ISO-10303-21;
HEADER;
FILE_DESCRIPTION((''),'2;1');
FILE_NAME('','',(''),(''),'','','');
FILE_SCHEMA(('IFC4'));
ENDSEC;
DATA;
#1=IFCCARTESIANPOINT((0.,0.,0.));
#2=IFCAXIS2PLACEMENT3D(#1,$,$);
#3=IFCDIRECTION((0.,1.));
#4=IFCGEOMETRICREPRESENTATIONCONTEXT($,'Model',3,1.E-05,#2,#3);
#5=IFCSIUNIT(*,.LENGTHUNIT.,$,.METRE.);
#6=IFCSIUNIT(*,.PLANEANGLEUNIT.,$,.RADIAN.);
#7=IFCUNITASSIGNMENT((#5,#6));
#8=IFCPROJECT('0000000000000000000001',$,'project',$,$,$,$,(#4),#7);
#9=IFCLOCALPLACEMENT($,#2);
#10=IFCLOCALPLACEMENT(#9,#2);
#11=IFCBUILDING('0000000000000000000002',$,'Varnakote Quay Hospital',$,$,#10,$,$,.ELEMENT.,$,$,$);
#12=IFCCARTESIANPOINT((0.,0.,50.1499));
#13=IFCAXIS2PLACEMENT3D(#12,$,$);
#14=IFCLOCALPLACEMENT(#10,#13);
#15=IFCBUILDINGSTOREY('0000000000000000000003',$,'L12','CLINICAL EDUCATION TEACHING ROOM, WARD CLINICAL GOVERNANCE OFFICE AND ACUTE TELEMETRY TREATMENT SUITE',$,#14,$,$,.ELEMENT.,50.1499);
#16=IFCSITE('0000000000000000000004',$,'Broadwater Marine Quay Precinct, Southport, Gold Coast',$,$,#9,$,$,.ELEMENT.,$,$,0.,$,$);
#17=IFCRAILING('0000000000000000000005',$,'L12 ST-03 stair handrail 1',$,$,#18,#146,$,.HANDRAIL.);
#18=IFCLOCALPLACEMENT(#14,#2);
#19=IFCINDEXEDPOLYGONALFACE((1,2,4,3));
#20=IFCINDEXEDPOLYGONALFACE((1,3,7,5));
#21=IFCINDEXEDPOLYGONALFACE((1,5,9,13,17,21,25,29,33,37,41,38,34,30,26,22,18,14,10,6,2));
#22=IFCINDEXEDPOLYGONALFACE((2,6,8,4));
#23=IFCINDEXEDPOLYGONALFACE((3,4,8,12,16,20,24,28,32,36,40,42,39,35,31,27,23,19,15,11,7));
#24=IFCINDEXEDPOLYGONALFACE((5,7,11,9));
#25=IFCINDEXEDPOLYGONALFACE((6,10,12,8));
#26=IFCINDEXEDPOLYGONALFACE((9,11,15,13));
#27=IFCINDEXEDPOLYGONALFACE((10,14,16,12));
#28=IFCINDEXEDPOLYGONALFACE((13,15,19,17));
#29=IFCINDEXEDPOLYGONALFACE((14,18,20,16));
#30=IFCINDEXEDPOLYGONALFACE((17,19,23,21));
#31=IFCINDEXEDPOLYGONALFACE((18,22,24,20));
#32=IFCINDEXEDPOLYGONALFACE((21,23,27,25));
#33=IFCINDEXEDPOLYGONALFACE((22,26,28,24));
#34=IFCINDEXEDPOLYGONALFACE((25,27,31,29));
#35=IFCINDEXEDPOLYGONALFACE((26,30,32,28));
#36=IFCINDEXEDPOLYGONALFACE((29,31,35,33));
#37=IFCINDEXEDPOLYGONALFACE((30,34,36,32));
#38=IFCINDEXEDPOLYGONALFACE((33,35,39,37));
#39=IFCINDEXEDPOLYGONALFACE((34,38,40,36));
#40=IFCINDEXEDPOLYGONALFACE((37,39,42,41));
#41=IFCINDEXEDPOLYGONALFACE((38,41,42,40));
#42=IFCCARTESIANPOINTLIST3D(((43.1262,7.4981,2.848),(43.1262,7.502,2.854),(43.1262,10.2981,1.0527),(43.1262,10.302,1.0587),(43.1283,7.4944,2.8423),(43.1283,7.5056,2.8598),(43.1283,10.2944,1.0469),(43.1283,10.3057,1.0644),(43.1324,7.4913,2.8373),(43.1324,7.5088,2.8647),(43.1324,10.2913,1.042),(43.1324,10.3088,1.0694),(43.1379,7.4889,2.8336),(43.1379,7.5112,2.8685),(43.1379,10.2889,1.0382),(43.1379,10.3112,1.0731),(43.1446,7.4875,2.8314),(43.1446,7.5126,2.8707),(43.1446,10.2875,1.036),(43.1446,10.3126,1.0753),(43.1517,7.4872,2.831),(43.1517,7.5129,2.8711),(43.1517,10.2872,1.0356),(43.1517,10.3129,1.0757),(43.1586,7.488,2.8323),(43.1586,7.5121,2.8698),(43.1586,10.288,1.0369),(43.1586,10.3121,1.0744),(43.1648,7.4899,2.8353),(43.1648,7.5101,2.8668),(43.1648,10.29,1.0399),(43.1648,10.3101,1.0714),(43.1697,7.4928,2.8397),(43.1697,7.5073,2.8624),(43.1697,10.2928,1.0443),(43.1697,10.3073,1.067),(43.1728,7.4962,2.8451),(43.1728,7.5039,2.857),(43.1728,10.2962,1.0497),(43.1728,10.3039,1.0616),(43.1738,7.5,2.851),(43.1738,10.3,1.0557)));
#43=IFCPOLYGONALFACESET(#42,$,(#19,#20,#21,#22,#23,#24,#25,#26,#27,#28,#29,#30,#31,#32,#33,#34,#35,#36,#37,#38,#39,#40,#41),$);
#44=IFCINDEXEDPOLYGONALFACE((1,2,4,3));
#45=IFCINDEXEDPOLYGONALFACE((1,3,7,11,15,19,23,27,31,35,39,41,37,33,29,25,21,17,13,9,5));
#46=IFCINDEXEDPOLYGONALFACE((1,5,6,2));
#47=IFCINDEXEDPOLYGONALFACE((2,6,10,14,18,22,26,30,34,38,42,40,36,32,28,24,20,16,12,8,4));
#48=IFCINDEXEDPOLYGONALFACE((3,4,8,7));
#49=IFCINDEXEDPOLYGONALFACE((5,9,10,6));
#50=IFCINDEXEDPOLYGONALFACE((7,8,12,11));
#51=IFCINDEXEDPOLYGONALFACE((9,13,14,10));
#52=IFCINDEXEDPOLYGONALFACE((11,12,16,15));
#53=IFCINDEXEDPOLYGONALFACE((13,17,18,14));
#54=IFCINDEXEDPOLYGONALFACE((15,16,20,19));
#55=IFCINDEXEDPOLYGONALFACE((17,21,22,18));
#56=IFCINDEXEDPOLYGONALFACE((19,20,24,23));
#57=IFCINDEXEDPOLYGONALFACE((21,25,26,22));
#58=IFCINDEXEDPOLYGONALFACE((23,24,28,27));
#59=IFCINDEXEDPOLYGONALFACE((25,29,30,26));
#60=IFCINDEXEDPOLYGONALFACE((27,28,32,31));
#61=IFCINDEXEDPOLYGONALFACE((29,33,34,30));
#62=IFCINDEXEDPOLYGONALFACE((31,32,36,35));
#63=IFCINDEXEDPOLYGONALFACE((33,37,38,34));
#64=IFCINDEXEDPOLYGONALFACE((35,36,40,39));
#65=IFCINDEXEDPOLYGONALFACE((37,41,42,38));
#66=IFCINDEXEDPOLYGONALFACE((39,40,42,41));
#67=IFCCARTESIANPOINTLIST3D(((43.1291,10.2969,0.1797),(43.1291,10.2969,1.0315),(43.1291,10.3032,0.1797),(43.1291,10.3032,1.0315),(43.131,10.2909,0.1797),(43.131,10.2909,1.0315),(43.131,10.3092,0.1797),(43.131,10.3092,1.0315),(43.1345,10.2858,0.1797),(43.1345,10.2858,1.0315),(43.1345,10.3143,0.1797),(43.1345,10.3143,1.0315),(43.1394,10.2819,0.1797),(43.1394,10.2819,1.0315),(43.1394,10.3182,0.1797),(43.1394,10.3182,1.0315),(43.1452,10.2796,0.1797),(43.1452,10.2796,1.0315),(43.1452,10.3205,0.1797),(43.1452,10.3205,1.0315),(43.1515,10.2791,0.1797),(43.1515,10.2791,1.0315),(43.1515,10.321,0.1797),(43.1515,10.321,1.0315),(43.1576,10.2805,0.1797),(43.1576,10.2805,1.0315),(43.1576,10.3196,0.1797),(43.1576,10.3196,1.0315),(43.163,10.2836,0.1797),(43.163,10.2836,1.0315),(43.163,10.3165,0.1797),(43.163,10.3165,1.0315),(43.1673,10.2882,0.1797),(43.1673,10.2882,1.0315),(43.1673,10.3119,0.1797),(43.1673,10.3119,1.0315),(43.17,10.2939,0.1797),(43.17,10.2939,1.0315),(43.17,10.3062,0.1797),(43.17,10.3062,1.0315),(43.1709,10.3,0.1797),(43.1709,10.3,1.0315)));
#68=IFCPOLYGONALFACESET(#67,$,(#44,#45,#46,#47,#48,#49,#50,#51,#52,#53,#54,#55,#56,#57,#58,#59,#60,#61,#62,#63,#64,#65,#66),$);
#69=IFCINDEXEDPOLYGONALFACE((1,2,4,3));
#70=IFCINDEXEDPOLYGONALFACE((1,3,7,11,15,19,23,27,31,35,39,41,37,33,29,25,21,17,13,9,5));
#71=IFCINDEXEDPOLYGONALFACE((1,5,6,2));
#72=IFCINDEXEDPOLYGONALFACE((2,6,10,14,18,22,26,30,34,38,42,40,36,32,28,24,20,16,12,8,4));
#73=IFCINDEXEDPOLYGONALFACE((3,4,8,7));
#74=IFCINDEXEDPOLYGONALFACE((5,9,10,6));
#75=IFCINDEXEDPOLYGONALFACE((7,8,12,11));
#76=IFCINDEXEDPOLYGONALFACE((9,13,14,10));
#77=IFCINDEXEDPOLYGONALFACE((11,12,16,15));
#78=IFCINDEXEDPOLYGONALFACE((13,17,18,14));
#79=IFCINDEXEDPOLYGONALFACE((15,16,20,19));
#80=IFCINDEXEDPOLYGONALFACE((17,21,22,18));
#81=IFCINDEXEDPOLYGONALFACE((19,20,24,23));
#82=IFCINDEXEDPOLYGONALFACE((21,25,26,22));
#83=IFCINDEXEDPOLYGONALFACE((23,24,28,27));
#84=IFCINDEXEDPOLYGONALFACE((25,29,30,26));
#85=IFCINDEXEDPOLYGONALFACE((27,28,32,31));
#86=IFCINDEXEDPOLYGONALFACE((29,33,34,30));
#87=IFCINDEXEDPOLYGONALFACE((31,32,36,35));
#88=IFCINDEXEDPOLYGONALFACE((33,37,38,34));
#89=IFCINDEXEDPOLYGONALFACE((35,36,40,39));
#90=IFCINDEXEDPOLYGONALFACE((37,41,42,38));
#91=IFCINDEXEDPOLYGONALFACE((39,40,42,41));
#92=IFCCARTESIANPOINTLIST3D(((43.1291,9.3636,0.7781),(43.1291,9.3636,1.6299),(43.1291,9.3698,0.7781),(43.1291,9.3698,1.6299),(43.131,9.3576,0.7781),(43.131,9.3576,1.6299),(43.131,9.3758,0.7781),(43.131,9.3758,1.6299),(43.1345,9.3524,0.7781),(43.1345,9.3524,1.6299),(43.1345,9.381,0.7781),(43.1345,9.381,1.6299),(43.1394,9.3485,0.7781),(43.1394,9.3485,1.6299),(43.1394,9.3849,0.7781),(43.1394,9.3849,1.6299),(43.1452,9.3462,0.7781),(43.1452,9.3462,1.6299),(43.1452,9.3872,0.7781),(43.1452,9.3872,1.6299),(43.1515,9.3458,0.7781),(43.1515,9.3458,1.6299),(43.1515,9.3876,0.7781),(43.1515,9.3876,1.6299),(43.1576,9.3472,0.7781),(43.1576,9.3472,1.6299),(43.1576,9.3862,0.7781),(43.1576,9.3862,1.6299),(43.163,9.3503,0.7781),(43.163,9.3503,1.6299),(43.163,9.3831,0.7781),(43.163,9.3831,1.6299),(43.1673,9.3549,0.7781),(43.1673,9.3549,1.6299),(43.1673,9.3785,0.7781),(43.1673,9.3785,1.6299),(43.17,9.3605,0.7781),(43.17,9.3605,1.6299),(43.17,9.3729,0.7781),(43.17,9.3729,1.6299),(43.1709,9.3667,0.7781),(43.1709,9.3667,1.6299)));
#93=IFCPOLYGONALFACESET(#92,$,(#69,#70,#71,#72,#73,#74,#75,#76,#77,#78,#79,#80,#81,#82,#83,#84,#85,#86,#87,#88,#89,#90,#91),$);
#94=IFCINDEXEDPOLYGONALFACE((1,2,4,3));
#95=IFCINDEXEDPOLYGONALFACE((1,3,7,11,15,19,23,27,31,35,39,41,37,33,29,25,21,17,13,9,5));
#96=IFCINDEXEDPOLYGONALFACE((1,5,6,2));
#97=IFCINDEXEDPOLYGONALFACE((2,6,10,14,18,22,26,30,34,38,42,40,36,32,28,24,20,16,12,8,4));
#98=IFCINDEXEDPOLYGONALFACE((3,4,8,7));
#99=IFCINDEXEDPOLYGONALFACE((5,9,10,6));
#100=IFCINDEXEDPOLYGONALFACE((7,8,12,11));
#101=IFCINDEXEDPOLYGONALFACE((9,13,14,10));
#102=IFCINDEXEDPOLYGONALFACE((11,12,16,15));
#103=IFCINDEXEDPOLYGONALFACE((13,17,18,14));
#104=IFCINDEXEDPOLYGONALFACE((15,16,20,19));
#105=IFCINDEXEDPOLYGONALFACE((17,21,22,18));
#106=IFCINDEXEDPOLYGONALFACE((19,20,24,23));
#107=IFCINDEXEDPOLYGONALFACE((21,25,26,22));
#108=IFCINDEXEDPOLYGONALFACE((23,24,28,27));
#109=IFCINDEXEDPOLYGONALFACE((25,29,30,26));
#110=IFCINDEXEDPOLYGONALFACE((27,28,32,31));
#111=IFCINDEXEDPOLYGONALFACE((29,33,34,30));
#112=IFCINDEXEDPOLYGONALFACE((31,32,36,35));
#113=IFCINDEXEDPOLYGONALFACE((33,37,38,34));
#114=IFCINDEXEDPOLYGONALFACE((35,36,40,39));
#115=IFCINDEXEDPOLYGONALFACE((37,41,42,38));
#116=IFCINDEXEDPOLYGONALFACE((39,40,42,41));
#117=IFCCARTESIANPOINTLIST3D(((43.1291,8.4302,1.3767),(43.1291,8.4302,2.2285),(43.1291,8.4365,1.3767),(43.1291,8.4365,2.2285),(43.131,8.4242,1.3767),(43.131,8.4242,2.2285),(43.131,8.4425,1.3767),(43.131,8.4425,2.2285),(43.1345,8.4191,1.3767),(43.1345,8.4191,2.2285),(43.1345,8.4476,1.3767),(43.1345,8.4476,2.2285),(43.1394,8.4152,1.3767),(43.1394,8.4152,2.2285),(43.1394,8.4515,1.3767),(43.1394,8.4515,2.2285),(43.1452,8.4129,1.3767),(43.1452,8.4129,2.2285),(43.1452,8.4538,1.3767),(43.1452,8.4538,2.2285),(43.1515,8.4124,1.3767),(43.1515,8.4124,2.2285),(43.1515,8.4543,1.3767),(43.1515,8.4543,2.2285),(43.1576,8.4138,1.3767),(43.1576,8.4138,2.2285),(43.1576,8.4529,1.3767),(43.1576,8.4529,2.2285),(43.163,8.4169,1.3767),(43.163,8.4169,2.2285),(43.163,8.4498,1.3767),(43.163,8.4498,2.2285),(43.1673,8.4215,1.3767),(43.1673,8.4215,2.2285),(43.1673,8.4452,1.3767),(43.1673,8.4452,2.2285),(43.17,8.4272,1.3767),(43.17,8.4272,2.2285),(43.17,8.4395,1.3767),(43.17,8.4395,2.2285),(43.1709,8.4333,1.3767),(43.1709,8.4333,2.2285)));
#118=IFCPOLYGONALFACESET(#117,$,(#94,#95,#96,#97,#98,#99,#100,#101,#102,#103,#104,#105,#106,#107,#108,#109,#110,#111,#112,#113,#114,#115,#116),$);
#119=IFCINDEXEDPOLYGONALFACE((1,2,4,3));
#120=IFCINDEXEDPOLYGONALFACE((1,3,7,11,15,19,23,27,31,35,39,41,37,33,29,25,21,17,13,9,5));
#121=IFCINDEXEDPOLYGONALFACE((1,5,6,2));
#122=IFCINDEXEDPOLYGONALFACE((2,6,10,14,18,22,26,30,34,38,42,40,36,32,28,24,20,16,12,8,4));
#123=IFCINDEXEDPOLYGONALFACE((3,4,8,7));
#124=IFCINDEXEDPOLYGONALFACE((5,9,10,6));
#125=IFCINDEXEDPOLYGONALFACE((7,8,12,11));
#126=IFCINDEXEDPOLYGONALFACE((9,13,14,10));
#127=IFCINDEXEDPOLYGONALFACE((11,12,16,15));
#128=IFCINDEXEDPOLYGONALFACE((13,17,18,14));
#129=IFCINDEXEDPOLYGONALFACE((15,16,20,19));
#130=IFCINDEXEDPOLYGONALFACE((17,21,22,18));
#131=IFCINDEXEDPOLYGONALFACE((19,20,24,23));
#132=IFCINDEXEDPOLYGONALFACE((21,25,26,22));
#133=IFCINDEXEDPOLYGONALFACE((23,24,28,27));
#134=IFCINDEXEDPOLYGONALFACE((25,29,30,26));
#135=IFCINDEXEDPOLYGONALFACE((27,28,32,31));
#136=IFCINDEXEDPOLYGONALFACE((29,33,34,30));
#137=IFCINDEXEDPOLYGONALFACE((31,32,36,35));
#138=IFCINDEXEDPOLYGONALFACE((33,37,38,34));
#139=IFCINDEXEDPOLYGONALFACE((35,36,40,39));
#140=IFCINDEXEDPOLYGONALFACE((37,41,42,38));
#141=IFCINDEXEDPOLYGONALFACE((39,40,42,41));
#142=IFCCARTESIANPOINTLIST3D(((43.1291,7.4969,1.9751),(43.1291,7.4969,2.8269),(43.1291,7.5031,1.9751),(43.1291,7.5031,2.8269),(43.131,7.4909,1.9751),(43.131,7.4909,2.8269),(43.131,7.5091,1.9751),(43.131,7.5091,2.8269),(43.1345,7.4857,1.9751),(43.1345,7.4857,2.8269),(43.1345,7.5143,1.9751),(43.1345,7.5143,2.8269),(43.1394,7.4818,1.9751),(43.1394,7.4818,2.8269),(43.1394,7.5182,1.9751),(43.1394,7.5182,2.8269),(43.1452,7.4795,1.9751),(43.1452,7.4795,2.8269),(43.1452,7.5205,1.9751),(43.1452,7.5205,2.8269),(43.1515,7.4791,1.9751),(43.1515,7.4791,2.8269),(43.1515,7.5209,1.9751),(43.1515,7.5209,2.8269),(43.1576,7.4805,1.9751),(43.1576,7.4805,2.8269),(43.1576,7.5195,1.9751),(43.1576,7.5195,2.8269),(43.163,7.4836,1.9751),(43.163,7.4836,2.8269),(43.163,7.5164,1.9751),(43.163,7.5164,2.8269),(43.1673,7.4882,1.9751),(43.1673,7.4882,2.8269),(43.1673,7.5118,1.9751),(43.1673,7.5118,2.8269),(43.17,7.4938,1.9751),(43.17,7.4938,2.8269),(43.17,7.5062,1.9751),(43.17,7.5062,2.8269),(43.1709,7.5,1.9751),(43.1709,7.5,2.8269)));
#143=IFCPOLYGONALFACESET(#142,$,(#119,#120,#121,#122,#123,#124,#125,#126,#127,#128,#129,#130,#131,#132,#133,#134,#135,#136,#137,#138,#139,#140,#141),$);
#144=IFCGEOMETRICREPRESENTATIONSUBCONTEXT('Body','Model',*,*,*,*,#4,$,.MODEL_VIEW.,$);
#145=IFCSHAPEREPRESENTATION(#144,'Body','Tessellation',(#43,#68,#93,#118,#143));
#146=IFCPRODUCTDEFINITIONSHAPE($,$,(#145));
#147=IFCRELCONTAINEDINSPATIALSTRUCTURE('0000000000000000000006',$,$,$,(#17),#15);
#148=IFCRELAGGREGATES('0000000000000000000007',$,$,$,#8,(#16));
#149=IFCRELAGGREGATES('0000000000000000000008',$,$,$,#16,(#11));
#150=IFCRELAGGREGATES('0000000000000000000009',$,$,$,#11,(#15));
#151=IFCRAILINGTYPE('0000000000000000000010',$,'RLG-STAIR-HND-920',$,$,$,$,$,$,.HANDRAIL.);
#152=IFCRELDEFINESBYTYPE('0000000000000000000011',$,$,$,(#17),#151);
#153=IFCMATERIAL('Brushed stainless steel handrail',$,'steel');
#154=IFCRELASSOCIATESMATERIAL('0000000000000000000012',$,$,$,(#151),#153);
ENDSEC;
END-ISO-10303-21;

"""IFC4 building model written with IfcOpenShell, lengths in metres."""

from ifc_helpers import new_model, si_unit, direction, frame, origin, origin_2d, place, context, subcontext, project, spatial, circle, extrude, material, type_object, element, save


model = new_model("IFC4")

# Units and contexts
model_context = context("Model", 3, precision=1e-05, world=origin(), true_north=direction((0.0, 1.0)))
body_context = subcontext(model_context, "Body", "Model", "MODEL_VIEW")
ifc_project = project(units=[si_unit("LENGTHUNIT", "METRE"), si_unit("PLANEANGLEUNIT", "RADIAN")], contexts=[model_context])

# Site, building, storey
site_placement = place(None, origin())
site = spatial("IfcSite", under=ifc_project, at=site_placement, Name="Broadwater Marine Quay Precinct, Southport, Gold Coast", CompositionType="ELEMENT", RefElevation=0.0)
building_placement = place(site_placement, origin())
building = spatial("IfcBuilding", under=site, at=building_placement, Name="Varnakote Quay Hospital", CompositionType="ELEMENT")
storey_placement = place(building_placement, frame((0.0, 0.0, 50.1499)))
storey = spatial("IfcBuildingStorey", under=building, at=storey_placement, Name="L12", Description="CLINICAL EDUCATION TEACHING ROOM, WARD CLINICAL GOVERNANCE OFFICE AND ACUTE TELEMETRY TREATMENT SUITE", CompositionType="ELEMENT", Elevation=50.1499)

# Railing
ifc_material_1 = material(Name="Brushed stainless steel handrail", Category="steel")
railing_type_1 = type_object("IfcRailingType", Name="RLG-STAIR-HND-920", PredefinedType="HANDRAIL", material=ifc_material_1)
railing_1_placement = place(storey_placement, frame((43.1499, 10.3, 0.1797)))
element("IfcRailing", 1, at=railing_1_placement, inside=storey, type_object=railing_type_1, Name="L12 ST-03 stair handrail 1", PredefinedType="HANDRAIL", context=body_context, shape_type="SweptSolid", body=[
    extrude(circle(Radius=0.0239, at=origin_2d()), frame((0.0, 0.0, 0.876), z_axis=(0.0, -0.84181, 0.539774), x_axis=(1.0, 0.0, 0.0)), (0.0, 0.0, 1.0), 3.3262),
    extrude(circle(Radius=0.021, at=origin_2d()), origin(), (0.0, 0.0, 1.0), 0.8518),
    extrude(circle(Radius=0.021, at=origin_2d()), frame((0.0, -0.9333, 0.5984)), (0.0, 0.0, 1.0), 0.8518),
    extrude(circle(Radius=0.021, at=origin_2d()), frame((0.0, -1.8667, 1.197)), (0.0, 0.0, 1.0), 0.8518),
    extrude(circle(Radius=0.021, at=origin_2d()), frame((0.0, -2.8, 1.7954)), (0.0, 0.0, 1.0), 0.8518),
])

save(model, "model.ifc")
